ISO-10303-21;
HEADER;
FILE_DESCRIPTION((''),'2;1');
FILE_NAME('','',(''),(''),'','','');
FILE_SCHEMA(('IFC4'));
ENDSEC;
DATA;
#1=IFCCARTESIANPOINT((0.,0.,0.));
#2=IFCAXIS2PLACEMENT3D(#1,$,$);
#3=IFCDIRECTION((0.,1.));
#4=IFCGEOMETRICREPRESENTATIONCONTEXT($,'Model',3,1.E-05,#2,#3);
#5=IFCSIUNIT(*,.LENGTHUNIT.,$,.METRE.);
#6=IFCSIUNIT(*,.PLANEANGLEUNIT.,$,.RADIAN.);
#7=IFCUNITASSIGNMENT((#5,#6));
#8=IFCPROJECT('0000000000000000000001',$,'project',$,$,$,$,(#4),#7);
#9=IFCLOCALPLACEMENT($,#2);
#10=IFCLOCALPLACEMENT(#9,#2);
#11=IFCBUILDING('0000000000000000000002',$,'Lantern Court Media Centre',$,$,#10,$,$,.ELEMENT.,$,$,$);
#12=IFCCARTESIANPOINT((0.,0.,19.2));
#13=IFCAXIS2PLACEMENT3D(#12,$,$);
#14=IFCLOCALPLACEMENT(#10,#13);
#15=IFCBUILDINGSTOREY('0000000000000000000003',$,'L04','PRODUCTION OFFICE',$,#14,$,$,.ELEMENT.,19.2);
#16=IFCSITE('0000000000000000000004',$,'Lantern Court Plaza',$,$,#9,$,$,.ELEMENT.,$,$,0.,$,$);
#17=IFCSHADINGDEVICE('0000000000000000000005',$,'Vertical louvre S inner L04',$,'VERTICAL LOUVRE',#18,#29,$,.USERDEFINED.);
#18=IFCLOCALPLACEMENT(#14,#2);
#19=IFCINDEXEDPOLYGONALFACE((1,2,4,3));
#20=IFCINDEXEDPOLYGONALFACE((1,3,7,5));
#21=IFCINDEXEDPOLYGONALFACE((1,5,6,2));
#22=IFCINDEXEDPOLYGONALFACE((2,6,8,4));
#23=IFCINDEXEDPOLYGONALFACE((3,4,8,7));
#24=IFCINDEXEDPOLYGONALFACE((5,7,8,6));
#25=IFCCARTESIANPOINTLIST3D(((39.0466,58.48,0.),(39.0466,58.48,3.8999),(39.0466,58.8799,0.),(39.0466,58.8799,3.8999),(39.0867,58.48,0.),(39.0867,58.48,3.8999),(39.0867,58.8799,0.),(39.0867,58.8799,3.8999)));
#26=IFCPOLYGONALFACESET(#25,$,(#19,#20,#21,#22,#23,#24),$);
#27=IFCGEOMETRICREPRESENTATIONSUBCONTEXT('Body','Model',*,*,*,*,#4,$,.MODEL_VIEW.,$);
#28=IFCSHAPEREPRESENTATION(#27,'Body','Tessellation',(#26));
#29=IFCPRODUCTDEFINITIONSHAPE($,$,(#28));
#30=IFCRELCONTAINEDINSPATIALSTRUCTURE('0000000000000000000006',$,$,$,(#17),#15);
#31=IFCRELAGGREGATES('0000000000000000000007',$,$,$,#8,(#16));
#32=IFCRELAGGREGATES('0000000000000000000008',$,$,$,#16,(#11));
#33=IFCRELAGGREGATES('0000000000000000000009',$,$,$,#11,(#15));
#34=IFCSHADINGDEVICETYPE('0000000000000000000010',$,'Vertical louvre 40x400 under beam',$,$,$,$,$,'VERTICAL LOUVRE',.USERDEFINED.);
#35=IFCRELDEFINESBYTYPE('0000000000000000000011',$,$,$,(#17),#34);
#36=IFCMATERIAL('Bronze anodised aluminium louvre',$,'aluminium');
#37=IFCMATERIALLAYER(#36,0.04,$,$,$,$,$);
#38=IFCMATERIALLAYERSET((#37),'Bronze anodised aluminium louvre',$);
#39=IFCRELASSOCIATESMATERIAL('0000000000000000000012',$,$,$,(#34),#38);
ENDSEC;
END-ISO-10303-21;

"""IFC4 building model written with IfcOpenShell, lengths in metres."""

from ifc_helpers import new_model, si_unit, direction, frame, origin, origin_2d, place, context, subcontext, project, spatial, rectangle, extrude, material, layer, layer_set, type_object, element, save


model = new_model("IFC4")

# Units and contexts
model_context = context("Model", 3, precision=1e-05, world=origin(), true_north=direction((0.0, 1.0)))
body_context = subcontext(model_context, "Body", "Model", "MODEL_VIEW")
ifc_project = project(units=[si_unit("LENGTHUNIT", "METRE"), si_unit("PLANEANGLEUNIT", "RADIAN")], contexts=[model_context])

# Site, building, storey
site_placement = place(None, origin())
site = spatial("IfcSite", under=ifc_project, at=site_placement, Name="Lantern Court Plaza", CompositionType="ELEMENT", RefElevation=0.0)
building_placement = place(site_placement, origin())
building = spatial("IfcBuilding", under=site, at=building_placement, Name="Lantern Court Media Centre", CompositionType="ELEMENT")
storey_placement = place(building_placement, frame((0.0, 0.0, 19.2)))
storey = spatial("IfcBuildingStorey", under=building, at=storey_placement, Name="L04", Description="PRODUCTION OFFICE", CompositionType="ELEMENT", Elevation=19.2)

# Shading device
ifc_material_1 = material(Name="Bronze anodised aluminium louvre", Category="aluminium")
ifc_layer_1 = layer(ifc_material_1, 0.04)
ifc_layer_set_1 = layer_set([ifc_layer_1], Name="Bronze anodised aluminium louvre")
shading_device_type = type_object("IfcShadingDeviceType", Name="Vertical louvre 40x400 under beam", ElementType="VERTICAL LOUVRE", PredefinedType="USERDEFINED", material=ifc_layer_set_1)
for number, where, z_axis, x_axis, name in (
    (1, (39.0667, 58.6799, 0.0), (0.0, 0.0, 1.0), (1.0, 0.0, 0.0), "Vertical louvre S inner L04"),
):
    element("IfcShadingDevice", number, at=place(storey_placement, frame(where, z_axis=z_axis, x_axis=x_axis)), inside=storey, type_object=shading_device_type, Name=name, ObjectType="VERTICAL LOUVRE", PredefinedType="USERDEFINED", context=body_context, shape_type="SweptSolid", body=[
        extrude(rectangle(XDim=0.04, YDim=0.3999, at=origin_2d()), origin(), (0.0, 0.0, 1.0), 3.8999),
    ])

save(model, "model.ifc")
